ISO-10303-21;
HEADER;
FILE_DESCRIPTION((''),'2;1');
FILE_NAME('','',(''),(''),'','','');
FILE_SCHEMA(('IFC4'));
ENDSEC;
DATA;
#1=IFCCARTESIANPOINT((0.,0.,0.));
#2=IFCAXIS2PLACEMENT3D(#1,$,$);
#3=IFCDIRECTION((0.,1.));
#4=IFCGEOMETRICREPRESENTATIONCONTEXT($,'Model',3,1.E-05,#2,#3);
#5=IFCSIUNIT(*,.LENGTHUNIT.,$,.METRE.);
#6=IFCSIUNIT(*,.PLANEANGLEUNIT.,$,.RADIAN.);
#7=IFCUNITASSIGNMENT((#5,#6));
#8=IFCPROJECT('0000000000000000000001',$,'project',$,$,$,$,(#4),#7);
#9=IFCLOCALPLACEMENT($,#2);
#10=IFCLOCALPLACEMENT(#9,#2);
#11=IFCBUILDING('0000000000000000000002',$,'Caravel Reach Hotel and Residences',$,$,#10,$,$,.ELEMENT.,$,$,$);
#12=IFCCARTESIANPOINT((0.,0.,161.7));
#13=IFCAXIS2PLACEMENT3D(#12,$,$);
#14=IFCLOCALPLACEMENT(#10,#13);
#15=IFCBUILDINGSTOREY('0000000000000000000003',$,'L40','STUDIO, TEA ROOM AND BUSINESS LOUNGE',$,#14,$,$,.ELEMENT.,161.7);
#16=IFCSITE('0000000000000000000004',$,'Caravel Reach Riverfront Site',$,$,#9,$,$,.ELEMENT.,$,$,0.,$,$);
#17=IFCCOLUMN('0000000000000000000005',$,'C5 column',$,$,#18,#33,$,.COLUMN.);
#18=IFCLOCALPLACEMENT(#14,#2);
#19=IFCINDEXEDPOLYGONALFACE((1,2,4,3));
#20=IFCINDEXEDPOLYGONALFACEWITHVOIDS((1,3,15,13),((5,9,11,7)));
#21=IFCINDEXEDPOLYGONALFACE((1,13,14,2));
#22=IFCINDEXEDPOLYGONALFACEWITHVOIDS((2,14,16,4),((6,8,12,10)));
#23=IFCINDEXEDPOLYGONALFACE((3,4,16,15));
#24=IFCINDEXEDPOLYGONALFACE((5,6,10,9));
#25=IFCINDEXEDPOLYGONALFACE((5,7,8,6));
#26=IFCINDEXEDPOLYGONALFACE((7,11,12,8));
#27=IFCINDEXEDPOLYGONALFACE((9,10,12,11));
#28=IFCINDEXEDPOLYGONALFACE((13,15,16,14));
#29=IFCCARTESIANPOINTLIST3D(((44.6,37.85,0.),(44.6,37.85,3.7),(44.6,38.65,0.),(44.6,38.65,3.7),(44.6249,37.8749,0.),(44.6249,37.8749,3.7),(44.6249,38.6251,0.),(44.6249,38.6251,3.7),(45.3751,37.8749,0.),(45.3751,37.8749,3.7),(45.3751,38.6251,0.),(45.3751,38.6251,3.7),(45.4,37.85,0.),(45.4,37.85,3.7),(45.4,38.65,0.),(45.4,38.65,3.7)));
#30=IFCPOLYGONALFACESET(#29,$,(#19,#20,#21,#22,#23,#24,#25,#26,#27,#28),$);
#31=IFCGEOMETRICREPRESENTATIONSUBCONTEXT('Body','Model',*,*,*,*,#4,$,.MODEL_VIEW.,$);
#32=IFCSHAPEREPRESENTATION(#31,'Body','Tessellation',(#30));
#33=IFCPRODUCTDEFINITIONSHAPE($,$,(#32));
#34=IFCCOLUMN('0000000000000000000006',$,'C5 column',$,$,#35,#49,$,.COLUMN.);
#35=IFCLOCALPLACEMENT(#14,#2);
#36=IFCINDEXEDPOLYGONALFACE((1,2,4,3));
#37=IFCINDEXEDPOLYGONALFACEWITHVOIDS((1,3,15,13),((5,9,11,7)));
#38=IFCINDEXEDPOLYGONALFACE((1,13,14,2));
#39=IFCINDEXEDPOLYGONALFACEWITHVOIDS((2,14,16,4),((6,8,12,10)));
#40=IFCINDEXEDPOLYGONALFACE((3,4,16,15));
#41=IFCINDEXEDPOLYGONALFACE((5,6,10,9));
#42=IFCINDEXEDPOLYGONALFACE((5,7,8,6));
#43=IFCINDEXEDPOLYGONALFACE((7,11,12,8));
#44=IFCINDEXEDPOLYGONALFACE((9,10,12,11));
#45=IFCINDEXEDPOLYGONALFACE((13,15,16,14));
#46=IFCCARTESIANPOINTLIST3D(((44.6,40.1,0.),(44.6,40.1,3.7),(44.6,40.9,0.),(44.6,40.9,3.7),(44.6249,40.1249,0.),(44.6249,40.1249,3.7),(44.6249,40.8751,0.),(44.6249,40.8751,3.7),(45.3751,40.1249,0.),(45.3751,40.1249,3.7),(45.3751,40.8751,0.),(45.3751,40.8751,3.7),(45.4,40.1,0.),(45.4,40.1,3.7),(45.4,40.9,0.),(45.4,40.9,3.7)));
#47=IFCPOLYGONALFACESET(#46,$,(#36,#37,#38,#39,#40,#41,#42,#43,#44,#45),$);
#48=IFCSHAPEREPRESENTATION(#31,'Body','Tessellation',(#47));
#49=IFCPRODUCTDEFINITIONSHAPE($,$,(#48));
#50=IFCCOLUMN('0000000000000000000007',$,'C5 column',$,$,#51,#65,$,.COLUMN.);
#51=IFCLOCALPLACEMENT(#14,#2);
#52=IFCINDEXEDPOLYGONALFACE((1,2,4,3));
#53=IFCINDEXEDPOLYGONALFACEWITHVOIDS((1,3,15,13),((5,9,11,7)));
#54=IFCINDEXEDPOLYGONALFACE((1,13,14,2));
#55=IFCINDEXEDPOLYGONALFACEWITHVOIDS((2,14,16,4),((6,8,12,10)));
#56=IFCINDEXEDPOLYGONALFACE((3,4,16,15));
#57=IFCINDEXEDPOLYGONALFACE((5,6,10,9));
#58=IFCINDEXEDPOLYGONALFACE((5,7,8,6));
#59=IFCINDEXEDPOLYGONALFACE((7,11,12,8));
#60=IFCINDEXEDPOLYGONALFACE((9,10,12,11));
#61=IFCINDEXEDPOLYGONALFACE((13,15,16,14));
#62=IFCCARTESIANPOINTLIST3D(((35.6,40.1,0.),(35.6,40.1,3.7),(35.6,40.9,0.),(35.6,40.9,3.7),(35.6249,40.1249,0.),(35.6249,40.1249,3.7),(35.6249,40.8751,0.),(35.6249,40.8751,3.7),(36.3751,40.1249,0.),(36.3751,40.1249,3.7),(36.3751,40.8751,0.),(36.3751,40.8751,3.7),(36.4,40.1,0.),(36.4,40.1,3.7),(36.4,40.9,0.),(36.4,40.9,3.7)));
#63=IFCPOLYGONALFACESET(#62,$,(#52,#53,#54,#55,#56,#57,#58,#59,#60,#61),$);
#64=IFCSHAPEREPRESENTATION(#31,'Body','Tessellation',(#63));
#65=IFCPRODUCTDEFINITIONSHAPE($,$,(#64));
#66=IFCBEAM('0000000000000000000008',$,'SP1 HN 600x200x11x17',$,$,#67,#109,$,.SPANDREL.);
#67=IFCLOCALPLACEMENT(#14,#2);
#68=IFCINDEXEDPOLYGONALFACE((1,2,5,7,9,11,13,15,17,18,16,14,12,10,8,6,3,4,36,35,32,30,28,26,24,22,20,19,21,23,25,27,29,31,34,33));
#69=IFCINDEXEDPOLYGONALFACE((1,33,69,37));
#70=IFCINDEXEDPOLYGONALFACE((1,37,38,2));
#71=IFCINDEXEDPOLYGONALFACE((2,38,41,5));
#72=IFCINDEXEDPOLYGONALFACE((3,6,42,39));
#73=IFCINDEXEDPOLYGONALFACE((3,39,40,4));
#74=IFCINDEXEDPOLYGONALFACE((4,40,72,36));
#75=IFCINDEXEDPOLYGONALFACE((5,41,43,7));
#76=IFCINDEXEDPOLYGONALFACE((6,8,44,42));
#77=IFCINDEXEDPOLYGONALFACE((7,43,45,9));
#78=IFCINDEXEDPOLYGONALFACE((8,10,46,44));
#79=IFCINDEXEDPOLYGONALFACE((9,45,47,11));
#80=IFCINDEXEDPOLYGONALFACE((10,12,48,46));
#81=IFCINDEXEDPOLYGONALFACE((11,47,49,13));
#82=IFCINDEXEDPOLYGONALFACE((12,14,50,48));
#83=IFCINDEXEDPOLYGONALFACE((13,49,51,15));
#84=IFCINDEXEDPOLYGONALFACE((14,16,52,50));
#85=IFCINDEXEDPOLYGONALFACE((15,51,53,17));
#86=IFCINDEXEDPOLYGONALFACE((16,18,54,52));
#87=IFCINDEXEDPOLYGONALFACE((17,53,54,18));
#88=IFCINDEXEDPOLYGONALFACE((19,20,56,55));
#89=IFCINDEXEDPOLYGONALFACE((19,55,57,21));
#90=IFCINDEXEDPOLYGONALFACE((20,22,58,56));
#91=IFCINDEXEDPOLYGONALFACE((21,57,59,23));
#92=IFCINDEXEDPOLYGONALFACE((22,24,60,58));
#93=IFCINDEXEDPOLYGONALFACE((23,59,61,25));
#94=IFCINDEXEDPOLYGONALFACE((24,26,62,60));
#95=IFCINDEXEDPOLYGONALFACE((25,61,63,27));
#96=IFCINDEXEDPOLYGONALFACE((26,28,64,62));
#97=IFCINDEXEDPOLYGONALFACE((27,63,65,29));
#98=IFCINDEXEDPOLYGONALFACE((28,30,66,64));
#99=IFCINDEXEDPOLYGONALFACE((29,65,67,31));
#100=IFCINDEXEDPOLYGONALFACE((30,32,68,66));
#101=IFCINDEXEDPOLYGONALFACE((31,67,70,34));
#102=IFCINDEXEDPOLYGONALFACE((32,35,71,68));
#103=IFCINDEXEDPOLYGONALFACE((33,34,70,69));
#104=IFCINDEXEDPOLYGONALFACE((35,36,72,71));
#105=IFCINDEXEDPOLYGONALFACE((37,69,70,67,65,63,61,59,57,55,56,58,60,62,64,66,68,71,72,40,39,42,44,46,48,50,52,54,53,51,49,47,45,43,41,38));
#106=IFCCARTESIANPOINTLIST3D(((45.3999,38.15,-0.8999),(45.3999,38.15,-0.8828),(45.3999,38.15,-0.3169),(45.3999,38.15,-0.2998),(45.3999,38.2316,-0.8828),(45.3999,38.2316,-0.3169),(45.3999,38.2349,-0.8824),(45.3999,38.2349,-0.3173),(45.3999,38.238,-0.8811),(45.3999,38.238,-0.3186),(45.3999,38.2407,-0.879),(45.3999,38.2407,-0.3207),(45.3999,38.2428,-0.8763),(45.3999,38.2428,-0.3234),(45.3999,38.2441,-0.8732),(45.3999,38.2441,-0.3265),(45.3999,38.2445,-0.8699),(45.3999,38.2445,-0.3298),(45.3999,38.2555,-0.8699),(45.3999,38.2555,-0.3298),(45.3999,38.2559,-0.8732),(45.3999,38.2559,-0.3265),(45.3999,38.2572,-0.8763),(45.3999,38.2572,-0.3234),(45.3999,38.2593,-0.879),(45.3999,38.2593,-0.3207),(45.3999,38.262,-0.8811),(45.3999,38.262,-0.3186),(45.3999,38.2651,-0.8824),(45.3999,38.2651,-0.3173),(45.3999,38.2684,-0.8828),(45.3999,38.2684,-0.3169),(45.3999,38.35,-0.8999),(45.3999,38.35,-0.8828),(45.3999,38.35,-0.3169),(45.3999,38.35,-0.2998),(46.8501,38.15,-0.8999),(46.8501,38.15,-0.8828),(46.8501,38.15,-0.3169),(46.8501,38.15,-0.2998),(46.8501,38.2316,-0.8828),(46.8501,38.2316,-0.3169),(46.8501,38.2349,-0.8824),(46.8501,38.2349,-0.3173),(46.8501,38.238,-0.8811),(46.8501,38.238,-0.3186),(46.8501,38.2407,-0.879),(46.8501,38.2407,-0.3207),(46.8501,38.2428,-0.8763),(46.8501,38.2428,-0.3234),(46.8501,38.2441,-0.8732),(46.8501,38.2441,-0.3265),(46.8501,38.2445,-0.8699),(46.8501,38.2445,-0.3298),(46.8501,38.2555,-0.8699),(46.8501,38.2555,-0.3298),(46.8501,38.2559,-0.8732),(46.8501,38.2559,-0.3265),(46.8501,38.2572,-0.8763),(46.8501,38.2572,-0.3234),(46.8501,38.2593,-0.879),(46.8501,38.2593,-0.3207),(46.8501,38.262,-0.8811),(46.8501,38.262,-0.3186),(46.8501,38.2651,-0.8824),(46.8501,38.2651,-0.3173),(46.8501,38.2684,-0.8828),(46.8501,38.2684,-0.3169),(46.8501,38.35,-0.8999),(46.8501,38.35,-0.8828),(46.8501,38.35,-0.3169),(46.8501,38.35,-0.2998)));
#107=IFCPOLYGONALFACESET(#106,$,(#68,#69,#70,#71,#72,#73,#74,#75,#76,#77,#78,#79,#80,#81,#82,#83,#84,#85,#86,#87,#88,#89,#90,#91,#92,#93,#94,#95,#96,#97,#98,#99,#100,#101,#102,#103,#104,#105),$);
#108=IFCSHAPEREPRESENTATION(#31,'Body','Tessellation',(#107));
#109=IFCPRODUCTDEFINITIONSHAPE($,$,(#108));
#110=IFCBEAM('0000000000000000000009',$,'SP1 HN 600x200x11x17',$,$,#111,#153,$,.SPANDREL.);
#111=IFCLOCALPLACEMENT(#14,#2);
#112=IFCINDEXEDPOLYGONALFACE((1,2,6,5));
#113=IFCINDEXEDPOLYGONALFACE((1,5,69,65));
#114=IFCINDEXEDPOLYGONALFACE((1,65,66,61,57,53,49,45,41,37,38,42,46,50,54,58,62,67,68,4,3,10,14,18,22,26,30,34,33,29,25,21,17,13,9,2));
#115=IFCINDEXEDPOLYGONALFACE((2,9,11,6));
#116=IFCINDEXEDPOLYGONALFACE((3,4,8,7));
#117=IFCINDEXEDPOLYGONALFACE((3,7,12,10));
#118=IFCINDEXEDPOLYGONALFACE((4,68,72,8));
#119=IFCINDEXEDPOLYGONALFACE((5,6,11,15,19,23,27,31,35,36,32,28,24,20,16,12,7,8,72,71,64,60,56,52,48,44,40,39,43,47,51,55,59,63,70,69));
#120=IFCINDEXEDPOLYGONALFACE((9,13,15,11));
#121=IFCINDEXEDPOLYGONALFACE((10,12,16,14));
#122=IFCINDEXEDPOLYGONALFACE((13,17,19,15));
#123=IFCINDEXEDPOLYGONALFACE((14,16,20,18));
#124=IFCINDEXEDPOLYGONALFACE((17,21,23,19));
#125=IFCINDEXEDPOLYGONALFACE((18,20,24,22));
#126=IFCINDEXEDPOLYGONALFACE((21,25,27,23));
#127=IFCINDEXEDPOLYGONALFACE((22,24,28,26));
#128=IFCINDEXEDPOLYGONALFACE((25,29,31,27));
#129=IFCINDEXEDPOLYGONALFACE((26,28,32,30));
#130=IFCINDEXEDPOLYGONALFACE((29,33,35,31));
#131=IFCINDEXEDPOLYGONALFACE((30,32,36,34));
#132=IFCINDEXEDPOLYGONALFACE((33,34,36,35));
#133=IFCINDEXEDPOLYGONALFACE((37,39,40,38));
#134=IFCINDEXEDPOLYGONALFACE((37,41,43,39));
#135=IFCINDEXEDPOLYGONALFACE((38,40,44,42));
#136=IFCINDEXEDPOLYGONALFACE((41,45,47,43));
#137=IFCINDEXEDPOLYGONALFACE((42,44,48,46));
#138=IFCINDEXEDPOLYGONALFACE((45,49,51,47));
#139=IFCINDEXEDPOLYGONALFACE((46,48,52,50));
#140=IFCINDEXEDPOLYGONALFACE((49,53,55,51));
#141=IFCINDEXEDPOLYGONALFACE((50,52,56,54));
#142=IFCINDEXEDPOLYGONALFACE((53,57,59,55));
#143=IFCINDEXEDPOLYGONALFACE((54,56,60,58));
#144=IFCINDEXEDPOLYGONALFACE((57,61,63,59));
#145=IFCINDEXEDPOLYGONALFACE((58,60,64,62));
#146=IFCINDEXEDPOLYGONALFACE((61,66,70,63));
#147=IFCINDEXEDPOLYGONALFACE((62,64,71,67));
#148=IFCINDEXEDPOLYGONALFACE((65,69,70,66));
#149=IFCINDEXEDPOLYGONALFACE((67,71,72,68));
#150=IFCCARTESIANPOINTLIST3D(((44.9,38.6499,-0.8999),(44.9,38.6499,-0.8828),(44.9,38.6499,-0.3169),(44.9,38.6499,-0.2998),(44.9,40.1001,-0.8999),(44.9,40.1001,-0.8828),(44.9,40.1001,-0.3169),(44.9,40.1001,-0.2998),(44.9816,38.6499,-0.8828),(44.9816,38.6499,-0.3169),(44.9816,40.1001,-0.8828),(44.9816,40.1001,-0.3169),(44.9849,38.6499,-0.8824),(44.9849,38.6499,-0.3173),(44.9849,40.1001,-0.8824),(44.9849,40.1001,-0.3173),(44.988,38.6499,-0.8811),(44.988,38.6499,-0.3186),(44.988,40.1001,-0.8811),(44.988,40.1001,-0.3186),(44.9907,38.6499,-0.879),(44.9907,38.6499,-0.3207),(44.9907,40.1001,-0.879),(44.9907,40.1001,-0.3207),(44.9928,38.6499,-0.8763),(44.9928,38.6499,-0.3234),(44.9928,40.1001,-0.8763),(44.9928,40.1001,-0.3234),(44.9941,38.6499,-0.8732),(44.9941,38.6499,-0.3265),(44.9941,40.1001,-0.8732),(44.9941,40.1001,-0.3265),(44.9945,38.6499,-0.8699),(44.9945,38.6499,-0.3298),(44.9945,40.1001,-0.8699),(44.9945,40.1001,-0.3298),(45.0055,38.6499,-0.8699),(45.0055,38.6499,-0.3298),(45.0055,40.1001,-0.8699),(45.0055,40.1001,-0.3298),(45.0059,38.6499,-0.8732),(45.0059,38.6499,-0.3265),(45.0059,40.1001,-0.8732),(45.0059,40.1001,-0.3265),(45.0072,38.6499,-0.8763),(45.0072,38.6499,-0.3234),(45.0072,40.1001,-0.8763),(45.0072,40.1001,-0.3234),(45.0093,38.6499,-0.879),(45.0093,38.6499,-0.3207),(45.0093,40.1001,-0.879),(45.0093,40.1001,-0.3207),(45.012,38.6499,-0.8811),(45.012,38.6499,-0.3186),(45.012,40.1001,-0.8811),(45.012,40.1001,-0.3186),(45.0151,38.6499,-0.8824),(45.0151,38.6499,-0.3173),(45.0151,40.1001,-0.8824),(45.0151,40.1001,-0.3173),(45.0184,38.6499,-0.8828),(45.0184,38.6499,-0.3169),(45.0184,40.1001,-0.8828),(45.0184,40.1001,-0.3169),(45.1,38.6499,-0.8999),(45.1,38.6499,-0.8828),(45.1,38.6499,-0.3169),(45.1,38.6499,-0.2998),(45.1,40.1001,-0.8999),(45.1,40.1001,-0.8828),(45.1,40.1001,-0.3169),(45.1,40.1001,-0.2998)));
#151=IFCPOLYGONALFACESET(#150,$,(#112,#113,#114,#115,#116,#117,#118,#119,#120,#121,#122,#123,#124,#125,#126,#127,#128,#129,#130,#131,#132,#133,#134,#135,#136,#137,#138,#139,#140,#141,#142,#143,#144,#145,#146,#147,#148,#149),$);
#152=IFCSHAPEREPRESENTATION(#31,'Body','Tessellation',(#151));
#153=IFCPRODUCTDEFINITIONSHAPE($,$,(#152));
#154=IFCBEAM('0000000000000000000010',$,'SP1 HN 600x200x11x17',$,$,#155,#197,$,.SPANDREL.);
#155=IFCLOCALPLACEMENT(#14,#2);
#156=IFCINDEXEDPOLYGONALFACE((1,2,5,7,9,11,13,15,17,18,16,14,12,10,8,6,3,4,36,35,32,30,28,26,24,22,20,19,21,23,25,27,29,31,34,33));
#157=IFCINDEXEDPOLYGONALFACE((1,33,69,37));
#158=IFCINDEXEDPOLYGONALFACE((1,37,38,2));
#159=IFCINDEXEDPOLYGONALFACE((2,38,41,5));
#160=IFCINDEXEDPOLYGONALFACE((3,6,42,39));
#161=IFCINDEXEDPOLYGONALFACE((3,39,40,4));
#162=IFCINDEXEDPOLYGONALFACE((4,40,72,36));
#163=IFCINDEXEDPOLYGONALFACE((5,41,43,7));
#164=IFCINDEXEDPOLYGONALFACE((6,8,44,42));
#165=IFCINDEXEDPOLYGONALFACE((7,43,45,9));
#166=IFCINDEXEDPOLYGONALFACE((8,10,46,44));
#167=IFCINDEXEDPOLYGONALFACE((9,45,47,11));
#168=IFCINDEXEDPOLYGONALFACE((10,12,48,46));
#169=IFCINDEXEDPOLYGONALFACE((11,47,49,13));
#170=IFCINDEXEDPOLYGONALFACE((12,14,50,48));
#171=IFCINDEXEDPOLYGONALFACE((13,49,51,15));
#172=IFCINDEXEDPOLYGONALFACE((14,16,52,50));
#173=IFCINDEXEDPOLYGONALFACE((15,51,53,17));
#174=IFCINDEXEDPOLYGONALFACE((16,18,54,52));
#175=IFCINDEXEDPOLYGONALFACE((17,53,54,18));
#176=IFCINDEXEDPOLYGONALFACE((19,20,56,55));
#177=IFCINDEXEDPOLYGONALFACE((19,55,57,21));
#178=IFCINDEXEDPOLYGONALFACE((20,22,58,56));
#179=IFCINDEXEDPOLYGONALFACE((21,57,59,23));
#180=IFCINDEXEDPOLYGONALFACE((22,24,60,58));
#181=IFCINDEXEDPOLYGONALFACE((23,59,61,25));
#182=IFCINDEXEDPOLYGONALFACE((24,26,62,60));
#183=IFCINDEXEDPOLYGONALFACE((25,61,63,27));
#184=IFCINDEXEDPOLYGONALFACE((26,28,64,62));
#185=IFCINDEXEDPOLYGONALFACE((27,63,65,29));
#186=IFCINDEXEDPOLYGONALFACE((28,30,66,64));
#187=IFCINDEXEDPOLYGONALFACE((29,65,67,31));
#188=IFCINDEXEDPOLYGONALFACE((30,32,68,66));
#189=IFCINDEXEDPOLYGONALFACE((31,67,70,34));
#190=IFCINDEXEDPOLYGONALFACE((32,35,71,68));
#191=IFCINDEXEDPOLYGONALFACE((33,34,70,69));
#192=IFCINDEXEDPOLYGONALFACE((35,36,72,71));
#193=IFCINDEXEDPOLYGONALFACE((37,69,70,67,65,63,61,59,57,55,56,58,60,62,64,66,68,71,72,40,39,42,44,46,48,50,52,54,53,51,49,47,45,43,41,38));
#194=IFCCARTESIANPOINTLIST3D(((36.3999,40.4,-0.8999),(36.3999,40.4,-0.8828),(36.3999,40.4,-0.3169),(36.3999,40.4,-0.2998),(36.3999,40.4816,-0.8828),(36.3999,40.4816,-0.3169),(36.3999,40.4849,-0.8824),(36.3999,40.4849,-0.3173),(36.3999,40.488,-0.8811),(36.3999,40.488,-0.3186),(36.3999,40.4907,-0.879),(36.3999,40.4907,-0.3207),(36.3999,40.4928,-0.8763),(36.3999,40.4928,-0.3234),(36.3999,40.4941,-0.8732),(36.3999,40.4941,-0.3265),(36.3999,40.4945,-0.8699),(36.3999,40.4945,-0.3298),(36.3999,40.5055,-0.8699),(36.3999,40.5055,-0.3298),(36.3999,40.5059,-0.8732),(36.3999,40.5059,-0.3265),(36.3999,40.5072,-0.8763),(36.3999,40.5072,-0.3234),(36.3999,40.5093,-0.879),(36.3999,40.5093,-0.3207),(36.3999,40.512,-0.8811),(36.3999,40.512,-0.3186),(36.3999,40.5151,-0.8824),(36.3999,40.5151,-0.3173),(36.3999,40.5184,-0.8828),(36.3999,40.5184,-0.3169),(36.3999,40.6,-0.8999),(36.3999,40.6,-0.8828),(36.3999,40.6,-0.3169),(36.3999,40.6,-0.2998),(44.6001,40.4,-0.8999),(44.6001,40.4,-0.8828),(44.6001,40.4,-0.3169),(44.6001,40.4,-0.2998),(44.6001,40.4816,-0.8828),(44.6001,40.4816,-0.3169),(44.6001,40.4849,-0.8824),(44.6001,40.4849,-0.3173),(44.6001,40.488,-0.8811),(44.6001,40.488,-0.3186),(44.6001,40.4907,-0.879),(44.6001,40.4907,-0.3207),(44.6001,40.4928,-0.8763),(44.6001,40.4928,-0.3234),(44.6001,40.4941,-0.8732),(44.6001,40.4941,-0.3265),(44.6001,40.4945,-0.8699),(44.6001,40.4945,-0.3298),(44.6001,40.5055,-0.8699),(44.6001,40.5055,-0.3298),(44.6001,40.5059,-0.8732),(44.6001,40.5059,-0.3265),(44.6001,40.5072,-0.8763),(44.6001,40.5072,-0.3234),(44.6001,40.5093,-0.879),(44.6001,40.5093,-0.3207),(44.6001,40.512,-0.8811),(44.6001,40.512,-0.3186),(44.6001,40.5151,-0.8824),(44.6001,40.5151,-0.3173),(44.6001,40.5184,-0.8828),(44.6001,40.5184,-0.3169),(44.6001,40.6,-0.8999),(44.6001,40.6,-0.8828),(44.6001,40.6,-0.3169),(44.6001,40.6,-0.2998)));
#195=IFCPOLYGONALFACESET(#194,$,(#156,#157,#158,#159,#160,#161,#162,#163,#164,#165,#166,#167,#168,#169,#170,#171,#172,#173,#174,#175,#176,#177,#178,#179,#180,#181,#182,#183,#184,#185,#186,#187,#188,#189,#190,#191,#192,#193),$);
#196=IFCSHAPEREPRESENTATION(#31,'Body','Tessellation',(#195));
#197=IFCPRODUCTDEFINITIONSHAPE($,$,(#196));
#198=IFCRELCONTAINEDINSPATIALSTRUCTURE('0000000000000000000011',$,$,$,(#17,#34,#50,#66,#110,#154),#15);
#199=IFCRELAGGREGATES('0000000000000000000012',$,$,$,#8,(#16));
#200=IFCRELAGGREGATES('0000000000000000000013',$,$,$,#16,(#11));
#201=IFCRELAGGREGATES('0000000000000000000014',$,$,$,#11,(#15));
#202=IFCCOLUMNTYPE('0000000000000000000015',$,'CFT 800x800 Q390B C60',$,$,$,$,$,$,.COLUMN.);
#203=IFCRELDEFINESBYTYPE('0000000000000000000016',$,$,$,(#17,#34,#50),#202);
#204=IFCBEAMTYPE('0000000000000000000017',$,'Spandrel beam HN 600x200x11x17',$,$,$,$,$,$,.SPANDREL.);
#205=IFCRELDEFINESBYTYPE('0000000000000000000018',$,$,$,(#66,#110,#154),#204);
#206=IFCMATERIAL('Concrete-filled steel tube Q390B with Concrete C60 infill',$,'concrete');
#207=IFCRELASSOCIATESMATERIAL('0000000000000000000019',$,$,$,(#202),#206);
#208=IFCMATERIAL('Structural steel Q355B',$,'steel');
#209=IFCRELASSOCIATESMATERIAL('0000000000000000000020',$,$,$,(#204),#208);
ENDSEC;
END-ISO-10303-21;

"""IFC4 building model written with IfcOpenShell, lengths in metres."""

from ifc_helpers import new_model, si_unit, direction, frame, origin, origin_2d, place, context, subcontext, project, spatial, hollow_rectangle, i_section, extrude, material, material_profile, profile_set, type_object, element, save


model = new_model("IFC4")

# Units and contexts
model_context = context("Model", 3, precision=1e-05, world=origin(), true_north=direction((0.0, 1.0)))
body_context = subcontext(model_context, "Body", "Model", "MODEL_VIEW")
ifc_project = project(units=[si_unit("LENGTHUNIT", "METRE"), si_unit("PLANEANGLEUNIT", "RADIAN")], contexts=[model_context])

# Site, building, storey
site_placement = place(None, origin())
site = spatial("IfcSite", under=ifc_project, at=site_placement, Name="Caravel Reach Riverfront Site", CompositionType="ELEMENT", RefElevation=0.0)
building_placement = place(site_placement, origin())
building = spatial("IfcBuilding", under=site, at=building_placement, Name="Caravel Reach Hotel and Residences", CompositionType="ELEMENT")
storey_placement = place(building_placement, frame((0.0, 0.0, 161.7)))
storey = spatial("IfcBuildingStorey", under=building, at=storey_placement, Name="L40", Description="STUDIO, TEA ROOM AND BUSINESS LOUNGE", CompositionType="ELEMENT", Elevation=161.7)

# Columns
ifc_material_1 = material(Name="Concrete-filled steel tube Q390B with Concrete C60 infill", Category="concrete")
ifc_material_profile_1 = material_profile(ifc_material_1, hollow_rectangle(XDim=0.8, YDim=0.8, WallThickness=0.0249, at=origin_2d()), Name="RHS 800x800x25")
ifc_profile_set_1 = profile_set([ifc_material_profile_1], Name="Concrete-filled steel tube Q390B with Concrete C60 infill")
column_type = type_object("IfcColumnType", Name="CFT 800x800 Q390B C60", PredefinedType="COLUMN", material=ifc_profile_set_1)
for number, where, z_axis, x_axis, name in (
    (1, (45.0, 38.25, 0.0), (0.0, 0.0, 1.0), (1.0, 0.0, 0.0), "C5 column"),
    (2, (45.0, 40.5, 0.0), (0.0, 0.0, 1.0), (1.0, 0.0, 0.0), "C5 column"),
    (3, (36.0, 40.5, 0.0), (0.0, 0.0, 1.0), (1.0, 0.0, 0.0), "C5 column"),
):
    element("IfcColumn", number, at=place(storey_placement, frame(where, z_axis=z_axis, x_axis=x_axis)), inside=storey, type_object=column_type, Name=name, PredefinedType="COLUMN", context=body_context, shape_type="SweptSolid", body=[
        extrude(hollow_rectangle(XDim=0.8, YDim=0.8, WallThickness=0.0249, at=origin_2d()), origin(), (0.0, 0.0, 1.0), 3.7),
    ])

# Beams
ifc_material_2 = material(Name="Structural steel Q355B", Category="steel")
ifc_material_profile_2 = material_profile(ifc_material_2, i_section(OverallWidth=0.2, OverallDepth=0.6001, WebThickness=0.011, FlangeThickness=0.0171, FilletRadius=0.0129, at=origin_2d()), Name="HN 600x200x11x17")
ifc_profile_set_2 = profile_set([ifc_material_profile_2], Name="Structural steel Q355B")
beam_type = type_object("IfcBeamType", Name="Spandrel beam HN 600x200x11x17", PredefinedType="SPANDREL", material=ifc_profile_set_2)
for number, where, z_axis, x_axis, name in (
    (4, (46.8501, 38.25, -0.5999), (-1.0, 0.0, 0.0), (0.0, -1.0, 0.0), "SP1 HN 600x200x11x17"),
    (5, (45.0, 38.6499, -0.5999), (0.0, 1.0, 0.0), (-1.0, 0.0, 0.0), "SP1 HN 600x200x11x17"),
):
    element("IfcBeam", number, at=place(storey_placement, frame(where, z_axis=z_axis, x_axis=x_axis)), inside=storey, type_object=beam_type, Name=name, PredefinedType="SPANDREL", context=body_context, shape_type="SweptSolid", body=[
        extrude(i_section(OverallWidth=0.2, OverallDepth=0.6001, WebThickness=0.011, FlangeThickness=0.0171, FilletRadius=0.0129, at=origin_2d()), origin(), (0.0, 0.0, 1.0), 1.4502),
    ])
for number, where, z_axis, x_axis, name in (
    (6, (44.6001, 40.5, -0.5999), (-1.0, 0.0, 0.0), (0.0, -1.0, 0.0), "SP1 HN 600x200x11x17"),
):
    element("IfcBeam", number, at=place(storey_placement, frame(where, z_axis=z_axis, x_axis=x_axis)), inside=storey, type_object=beam_type, Name=name, PredefinedType="SPANDREL", context=body_context, shape_type="SweptSolid", body=[
        extrude(i_section(OverallWidth=0.2, OverallDepth=0.6001, WebThickness=0.011, FlangeThickness=0.0171, FilletRadius=0.0129, at=origin_2d()), origin(), (0.0, 0.0, 1.0), 8.2002),
    ])

save(model, "model.ifc")
